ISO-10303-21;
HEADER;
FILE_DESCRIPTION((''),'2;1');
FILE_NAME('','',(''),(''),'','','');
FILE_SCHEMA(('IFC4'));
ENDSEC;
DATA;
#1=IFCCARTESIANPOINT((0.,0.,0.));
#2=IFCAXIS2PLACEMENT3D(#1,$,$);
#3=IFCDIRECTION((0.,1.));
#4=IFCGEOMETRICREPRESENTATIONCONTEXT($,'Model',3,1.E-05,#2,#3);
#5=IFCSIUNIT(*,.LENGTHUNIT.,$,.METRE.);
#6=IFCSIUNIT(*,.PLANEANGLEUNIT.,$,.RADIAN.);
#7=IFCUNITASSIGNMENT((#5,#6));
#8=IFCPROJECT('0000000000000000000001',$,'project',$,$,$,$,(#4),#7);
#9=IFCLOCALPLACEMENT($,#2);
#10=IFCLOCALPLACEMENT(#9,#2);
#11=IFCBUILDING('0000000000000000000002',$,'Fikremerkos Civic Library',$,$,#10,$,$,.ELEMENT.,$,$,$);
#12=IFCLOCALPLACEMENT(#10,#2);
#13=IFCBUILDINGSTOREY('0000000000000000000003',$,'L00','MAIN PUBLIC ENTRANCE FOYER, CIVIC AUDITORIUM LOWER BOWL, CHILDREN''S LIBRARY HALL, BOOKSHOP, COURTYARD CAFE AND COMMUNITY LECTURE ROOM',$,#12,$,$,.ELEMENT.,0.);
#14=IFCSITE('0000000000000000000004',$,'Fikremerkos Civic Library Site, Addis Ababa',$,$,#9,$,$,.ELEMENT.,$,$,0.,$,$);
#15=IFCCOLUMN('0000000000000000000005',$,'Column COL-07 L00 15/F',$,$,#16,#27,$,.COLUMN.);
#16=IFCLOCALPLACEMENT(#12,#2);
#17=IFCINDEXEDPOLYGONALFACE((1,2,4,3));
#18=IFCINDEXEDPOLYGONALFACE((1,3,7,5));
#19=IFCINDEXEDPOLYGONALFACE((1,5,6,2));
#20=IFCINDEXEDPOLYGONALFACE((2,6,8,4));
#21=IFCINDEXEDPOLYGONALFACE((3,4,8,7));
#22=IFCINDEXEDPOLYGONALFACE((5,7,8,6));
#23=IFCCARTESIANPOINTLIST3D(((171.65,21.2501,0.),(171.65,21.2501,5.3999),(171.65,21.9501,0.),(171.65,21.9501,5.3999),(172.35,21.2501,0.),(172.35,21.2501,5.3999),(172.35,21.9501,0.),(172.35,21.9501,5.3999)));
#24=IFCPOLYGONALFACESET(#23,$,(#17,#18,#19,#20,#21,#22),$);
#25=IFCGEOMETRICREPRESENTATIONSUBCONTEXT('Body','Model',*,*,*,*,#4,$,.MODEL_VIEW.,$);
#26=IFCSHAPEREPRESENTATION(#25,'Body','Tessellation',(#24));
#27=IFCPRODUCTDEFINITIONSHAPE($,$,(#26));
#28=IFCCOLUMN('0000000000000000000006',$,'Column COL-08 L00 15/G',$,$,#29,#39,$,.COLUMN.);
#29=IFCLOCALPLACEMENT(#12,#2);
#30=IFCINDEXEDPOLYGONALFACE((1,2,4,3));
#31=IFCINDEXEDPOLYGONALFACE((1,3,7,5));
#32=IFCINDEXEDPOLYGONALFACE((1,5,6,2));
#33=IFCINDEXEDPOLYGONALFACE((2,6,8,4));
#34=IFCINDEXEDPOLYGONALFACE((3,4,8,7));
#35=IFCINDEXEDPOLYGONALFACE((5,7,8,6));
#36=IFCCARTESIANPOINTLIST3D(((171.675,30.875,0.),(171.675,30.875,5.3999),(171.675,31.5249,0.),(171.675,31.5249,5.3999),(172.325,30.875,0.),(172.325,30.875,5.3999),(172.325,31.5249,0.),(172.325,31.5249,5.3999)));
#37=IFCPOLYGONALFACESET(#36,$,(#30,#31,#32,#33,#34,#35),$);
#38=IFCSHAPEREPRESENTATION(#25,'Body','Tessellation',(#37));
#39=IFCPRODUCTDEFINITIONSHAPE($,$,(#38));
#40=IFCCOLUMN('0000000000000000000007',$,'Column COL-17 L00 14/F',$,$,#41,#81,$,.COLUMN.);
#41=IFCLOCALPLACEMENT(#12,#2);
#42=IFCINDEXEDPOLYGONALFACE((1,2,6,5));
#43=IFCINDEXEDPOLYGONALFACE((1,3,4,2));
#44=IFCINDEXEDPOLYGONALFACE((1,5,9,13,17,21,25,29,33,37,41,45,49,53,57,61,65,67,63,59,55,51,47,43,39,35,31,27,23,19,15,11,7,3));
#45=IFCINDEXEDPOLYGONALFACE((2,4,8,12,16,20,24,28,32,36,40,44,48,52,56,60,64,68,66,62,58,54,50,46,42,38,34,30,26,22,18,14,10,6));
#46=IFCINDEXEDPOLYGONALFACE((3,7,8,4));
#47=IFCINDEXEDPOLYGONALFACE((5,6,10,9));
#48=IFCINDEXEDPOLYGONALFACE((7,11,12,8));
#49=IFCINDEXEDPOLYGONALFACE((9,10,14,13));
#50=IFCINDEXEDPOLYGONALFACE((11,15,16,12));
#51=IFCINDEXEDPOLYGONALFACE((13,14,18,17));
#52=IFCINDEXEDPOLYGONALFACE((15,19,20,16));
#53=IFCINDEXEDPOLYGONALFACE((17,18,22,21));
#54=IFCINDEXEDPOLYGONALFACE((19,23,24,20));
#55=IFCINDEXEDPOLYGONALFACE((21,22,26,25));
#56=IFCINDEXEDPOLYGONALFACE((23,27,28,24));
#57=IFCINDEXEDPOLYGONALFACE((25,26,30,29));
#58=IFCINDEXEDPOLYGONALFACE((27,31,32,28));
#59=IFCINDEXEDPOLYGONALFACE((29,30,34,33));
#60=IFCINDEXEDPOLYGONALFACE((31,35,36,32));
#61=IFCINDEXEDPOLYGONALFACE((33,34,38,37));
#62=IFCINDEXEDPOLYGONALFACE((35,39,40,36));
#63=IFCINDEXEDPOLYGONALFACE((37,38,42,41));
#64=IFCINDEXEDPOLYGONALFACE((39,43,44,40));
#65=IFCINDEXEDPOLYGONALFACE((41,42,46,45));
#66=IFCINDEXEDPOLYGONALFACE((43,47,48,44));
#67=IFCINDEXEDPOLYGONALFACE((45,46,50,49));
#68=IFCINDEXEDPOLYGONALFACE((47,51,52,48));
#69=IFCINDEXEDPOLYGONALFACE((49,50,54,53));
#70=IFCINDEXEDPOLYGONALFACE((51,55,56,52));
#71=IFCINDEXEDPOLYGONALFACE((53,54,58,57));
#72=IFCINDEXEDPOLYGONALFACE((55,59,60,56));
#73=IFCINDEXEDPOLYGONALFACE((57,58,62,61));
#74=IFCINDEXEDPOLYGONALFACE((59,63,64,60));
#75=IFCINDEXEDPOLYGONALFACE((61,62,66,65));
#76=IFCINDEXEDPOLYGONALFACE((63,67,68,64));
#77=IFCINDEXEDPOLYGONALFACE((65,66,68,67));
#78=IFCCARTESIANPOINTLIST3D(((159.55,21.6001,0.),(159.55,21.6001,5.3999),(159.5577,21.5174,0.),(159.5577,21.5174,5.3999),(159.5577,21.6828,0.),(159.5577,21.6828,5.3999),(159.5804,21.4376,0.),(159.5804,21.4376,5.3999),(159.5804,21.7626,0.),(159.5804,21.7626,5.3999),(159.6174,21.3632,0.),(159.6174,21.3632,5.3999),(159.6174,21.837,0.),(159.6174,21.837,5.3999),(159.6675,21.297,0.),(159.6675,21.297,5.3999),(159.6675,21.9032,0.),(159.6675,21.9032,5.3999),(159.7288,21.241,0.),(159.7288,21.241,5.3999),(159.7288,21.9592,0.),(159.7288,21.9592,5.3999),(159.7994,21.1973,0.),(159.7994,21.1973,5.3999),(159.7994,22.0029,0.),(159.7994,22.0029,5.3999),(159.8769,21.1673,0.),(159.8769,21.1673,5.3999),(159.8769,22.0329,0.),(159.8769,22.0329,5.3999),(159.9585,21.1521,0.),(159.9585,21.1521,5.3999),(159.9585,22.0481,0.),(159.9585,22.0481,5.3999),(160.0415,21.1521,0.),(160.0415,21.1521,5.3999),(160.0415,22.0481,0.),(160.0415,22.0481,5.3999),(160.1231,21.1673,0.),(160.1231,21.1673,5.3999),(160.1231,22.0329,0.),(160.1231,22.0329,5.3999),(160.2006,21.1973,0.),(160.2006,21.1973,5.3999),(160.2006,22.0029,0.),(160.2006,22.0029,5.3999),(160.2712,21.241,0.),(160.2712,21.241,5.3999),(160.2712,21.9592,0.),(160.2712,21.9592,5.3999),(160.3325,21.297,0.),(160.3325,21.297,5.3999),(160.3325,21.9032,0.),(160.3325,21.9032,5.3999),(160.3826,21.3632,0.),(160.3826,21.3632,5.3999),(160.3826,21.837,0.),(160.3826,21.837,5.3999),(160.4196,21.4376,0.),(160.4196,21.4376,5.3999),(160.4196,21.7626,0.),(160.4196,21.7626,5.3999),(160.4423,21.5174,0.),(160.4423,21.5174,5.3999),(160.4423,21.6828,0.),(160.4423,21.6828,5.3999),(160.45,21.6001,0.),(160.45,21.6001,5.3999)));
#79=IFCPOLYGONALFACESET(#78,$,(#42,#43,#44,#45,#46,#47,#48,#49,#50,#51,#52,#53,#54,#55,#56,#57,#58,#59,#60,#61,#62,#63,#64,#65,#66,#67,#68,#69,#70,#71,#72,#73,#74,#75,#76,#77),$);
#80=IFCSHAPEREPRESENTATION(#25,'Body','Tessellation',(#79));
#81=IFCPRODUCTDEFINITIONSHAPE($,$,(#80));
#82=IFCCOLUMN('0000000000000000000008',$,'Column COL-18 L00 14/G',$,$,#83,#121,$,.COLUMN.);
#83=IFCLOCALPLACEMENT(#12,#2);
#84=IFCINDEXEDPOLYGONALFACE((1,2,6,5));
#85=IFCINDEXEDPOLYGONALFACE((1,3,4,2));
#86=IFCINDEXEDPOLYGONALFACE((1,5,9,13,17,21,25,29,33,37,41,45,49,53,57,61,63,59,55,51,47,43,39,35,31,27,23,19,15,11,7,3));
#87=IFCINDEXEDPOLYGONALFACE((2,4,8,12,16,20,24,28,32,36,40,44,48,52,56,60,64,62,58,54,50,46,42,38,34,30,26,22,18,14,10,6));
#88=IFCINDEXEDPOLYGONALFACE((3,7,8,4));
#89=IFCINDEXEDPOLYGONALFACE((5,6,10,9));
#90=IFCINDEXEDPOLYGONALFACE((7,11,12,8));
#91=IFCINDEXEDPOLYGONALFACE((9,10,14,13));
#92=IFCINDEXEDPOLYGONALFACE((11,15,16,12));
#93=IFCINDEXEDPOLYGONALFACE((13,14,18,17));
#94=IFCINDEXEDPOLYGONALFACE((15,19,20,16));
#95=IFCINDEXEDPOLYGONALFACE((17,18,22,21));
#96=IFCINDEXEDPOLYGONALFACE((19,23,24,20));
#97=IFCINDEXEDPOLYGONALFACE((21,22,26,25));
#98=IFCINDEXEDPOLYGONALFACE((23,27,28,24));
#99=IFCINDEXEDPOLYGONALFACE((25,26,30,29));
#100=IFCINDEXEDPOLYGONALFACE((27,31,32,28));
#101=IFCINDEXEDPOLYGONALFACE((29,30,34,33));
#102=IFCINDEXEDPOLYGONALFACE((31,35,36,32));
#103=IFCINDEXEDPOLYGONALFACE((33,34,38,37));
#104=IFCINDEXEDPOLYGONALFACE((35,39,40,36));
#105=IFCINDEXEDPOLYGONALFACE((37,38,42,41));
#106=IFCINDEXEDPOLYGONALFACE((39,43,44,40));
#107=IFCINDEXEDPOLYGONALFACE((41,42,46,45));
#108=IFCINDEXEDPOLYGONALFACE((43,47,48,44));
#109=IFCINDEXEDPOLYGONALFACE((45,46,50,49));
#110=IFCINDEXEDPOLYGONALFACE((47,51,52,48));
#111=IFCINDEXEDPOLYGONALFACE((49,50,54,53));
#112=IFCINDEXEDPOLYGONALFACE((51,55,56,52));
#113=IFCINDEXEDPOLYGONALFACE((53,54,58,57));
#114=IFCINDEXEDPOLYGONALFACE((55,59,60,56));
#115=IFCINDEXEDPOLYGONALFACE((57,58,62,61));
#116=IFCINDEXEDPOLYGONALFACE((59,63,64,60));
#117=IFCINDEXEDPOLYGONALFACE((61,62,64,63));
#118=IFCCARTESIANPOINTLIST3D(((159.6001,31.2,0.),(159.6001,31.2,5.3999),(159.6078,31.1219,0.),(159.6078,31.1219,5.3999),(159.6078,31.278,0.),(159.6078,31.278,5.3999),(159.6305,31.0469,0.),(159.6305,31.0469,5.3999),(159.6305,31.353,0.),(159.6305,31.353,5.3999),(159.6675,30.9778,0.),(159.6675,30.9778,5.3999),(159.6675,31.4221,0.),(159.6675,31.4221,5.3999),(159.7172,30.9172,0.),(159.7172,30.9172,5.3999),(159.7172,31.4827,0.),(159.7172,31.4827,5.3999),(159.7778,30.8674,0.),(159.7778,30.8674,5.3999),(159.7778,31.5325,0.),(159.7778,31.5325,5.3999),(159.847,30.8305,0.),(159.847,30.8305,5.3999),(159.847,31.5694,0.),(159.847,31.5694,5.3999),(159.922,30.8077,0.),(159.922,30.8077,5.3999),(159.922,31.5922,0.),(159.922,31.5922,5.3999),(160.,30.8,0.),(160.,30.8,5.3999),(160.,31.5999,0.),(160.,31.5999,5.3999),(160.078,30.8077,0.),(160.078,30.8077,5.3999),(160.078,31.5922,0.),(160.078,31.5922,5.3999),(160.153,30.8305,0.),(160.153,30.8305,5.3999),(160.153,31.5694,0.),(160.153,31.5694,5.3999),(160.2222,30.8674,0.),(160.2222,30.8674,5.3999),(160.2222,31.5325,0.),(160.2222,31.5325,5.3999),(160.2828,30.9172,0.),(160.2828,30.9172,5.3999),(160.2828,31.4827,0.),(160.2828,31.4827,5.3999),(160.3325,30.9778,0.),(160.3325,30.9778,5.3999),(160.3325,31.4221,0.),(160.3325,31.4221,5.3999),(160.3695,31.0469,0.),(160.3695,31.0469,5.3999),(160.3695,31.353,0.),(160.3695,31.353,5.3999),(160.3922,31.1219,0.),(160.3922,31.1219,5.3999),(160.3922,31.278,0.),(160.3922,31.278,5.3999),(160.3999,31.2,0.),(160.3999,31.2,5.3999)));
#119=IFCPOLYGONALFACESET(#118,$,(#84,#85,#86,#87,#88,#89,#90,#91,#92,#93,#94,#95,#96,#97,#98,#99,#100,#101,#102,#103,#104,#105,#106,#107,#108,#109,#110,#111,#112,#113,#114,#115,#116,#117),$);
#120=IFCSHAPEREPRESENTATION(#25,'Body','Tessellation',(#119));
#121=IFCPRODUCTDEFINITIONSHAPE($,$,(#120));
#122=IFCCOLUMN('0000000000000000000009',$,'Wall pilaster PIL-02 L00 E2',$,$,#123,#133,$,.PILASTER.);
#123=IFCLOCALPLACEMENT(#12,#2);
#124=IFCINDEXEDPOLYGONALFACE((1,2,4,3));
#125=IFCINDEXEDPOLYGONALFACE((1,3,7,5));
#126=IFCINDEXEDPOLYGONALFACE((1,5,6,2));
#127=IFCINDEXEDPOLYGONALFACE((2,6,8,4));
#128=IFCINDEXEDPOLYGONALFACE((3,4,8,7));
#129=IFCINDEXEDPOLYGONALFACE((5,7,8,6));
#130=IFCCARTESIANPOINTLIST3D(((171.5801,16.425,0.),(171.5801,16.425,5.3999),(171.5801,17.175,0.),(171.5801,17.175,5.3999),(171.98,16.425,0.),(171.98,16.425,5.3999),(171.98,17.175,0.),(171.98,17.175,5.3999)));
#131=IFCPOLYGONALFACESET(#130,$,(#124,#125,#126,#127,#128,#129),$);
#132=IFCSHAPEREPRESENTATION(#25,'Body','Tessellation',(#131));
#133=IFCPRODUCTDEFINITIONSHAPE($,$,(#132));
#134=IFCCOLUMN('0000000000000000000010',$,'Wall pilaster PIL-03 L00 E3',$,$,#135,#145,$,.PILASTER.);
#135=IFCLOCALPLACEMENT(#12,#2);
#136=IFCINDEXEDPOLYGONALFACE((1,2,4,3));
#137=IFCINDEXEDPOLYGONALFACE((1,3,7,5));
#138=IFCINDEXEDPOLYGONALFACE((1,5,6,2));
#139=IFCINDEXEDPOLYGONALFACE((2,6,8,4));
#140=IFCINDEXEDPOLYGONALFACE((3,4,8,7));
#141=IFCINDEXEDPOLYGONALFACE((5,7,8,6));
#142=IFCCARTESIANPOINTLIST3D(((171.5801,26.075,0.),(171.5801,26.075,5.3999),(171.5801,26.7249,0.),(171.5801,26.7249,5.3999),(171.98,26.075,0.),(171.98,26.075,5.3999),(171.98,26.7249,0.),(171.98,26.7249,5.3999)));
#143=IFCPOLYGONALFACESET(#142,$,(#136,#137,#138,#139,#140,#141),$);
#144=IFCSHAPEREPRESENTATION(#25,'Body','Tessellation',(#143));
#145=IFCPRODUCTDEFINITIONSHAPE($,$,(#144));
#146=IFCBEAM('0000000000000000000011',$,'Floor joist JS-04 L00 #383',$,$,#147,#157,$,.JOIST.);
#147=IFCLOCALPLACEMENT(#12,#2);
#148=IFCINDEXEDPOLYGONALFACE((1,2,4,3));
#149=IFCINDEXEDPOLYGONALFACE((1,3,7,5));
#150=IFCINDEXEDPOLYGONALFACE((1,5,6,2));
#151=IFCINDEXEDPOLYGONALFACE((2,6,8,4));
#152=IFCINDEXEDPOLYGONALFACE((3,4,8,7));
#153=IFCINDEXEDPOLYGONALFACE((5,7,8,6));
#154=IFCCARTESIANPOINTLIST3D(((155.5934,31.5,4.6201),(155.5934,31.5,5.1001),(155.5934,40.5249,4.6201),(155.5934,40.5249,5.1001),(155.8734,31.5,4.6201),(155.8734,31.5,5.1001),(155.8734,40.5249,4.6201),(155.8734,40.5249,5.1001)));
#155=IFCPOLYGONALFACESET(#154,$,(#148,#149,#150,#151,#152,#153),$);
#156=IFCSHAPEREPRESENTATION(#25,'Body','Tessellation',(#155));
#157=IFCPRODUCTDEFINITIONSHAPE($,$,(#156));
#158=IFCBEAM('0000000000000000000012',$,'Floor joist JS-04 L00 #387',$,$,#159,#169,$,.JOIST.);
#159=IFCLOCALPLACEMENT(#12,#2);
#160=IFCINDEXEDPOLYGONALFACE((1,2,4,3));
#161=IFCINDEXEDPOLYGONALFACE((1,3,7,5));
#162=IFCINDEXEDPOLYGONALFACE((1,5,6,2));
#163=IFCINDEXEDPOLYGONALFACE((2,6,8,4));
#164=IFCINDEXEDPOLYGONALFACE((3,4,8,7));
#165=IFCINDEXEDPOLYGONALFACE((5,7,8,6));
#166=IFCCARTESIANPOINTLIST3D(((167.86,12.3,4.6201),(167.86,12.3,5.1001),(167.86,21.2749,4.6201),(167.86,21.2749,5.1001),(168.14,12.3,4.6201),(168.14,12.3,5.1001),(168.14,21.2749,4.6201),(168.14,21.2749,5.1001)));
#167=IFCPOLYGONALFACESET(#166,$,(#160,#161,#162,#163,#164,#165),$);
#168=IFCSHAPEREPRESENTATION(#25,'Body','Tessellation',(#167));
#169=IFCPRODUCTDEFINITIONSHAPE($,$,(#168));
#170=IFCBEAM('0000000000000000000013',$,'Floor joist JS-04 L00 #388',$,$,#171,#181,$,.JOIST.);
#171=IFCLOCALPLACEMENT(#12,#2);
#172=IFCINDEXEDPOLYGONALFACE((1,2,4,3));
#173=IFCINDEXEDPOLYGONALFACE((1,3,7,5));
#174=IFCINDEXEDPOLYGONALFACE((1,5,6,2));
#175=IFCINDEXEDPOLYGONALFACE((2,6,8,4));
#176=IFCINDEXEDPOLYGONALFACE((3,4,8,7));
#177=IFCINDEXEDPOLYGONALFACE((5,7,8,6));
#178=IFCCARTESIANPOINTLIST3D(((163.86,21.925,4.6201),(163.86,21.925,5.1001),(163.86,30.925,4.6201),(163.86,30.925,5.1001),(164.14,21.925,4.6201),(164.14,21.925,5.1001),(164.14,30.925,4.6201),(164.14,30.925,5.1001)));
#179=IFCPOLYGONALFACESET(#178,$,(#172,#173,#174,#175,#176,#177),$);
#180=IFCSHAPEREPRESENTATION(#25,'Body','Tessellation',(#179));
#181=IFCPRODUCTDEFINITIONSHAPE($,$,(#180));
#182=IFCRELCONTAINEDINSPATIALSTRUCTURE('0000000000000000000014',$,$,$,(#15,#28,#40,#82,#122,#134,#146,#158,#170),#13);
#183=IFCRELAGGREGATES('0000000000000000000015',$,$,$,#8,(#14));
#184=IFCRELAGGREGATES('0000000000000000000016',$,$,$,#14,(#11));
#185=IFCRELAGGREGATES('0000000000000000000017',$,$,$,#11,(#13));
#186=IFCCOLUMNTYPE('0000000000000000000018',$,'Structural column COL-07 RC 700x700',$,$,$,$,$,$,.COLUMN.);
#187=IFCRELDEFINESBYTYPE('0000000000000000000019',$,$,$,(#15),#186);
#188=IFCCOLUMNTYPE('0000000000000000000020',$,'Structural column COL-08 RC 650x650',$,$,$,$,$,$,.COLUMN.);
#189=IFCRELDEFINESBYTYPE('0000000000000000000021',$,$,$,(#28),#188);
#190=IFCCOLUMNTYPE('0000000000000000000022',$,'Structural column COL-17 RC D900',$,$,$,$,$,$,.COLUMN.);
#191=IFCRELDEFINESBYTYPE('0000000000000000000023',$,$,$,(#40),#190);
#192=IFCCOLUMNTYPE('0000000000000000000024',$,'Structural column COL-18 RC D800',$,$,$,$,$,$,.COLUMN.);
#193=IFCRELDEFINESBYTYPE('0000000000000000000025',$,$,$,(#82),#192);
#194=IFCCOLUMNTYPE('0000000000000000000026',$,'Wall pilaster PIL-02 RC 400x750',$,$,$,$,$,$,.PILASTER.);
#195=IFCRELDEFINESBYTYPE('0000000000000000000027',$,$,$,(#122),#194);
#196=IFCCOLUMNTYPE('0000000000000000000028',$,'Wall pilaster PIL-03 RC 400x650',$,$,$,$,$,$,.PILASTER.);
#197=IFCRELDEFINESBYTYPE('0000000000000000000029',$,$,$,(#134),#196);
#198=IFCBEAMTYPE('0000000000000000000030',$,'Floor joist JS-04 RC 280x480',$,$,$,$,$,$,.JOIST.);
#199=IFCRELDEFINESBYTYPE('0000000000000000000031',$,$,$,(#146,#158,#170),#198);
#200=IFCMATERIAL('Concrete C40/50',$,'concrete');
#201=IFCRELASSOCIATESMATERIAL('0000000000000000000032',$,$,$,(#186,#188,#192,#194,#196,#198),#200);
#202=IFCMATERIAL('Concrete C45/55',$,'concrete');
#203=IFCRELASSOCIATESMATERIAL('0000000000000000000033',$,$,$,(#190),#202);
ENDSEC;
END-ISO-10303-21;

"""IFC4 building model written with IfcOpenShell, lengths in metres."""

from ifc_helpers import new_model, si_unit, direction, frame, origin, origin_2d, place, context, subcontext, project, spatial, rectangle, circle, extrude, material, material_profile, profile_set, type_object, element, save


model = new_model("IFC4")

# Units and contexts
model_context = context("Model", 3, precision=1e-05, world=origin(), true_north=direction((0.0, 1.0)))
body_context = subcontext(model_context, "Body", "Model", "MODEL_VIEW")
ifc_project = project(units=[si_unit("LENGTHUNIT", "METRE"), si_unit("PLANEANGLEUNIT", "RADIAN")], contexts=[model_context])

# Site, building, storey
site_placement = place(None, origin())
site = spatial("IfcSite", under=ifc_project, at=site_placement, Name="Fikremerkos Civic Library Site, Addis Ababa", CompositionType="ELEMENT", RefElevation=0.0)
building_placement = place(site_placement, origin())
building = spatial("IfcBuilding", under=site, at=building_placement, Name="Fikremerkos Civic Library", CompositionType="ELEMENT")
storey_placement = place(building_placement, origin())
storey = spatial("IfcBuildingStorey", under=building, at=storey_placement, Name="L00", Description="MAIN PUBLIC ENTRANCE FOYER, CIVIC AUDITORIUM LOWER BOWL, CHILDREN'S LIBRARY HALL, BOOKSHOP, COURTYARD CAFE AND COMMUNITY LECTURE ROOM", CompositionType="ELEMENT", Elevation=0.0)

# Columns
ifc_material_1 = material(Name="Concrete C40/50", Category="concrete")
ifc_material_profile_1 = material_profile(ifc_material_1, rectangle(XDim=0.7, YDim=0.7, at=origin_2d()), Name="RC 700x700")
ifc_profile_set_1 = profile_set([ifc_material_profile_1], Name="Concrete C40/50")
column_type_1 = type_object("IfcColumnType", Name="Structural column COL-07 RC 700x700", PredefinedType="COLUMN", material=ifc_profile_set_1)
column_1_placement = place(storey_placement, frame((172.0, 21.6001, 0.0), z_axis=(0.0, 0.0, 1.0), x_axis=(1.0, 0.0, 0.0)))
element("IfcColumn", 1, at=column_1_placement, inside=storey, type_object=column_type_1, Name="Column COL-07 L00 15/F", PredefinedType="COLUMN", context=body_context, shape_type="SweptSolid", body=[
    extrude(rectangle(XDim=0.7, YDim=0.7, at=origin_2d()), origin(), (0.0, 0.0, 1.0), 5.3999),
])
ifc_material_profile_2 = material_profile(ifc_material_1, rectangle(XDim=0.6499, YDim=0.6499, at=origin_2d()), Name="RC 650x650")
ifc_profile_set_2 = profile_set([ifc_material_profile_2], Name="Concrete C40/50")
column_type_2 = type_object("IfcColumnType", Name="Structural column COL-08 RC 650x650", PredefinedType="COLUMN", material=ifc_profile_set_2)
column_2_placement = place(storey_placement, frame((172.0, 31.2, 0.0), z_axis=(0.0, 0.0, 1.0), x_axis=(1.0, 0.0, 0.0)))
element("IfcColumn", 2, at=column_2_placement, inside=storey, type_object=column_type_2, Name="Column COL-08 L00 15/G", PredefinedType="COLUMN", context=body_context, shape_type="SweptSolid", body=[
    extrude(rectangle(XDim=0.6499, YDim=0.6499, at=origin_2d()), origin(), (0.0, 0.0, 1.0), 5.3999),
])
ifc_material_2 = material(Name="Concrete C45/55", Category="concrete")
ifc_material_profile_3 = material_profile(ifc_material_2, circle(Radius=0.45, at=origin_2d()), Name="RC D900")
ifc_profile_set_3 = profile_set([ifc_material_profile_3], Name="Concrete C45/55")
column_type_3 = type_object("IfcColumnType", Name="Structural column COL-17 RC D900", PredefinedType="COLUMN", material=ifc_profile_set_3)
column_3_placement = place(storey_placement, frame((160.0, 21.6001, 0.0), z_axis=(0.0, 0.0, 1.0), x_axis=(1.0, 0.0, 0.0)))
element("IfcColumn", 3, at=column_3_placement, inside=storey, type_object=column_type_3, Name="Column COL-17 L00 14/F", PredefinedType="COLUMN", context=body_context, shape_type="SweptSolid", body=[
    extrude(circle(Radius=0.45, at=origin_2d()), origin(), (0.0, 0.0, 1.0), 5.3999),
])
ifc_material_profile_4 = material_profile(ifc_material_1, circle(Radius=0.3999, at=origin_2d()), Name="RC D800")
ifc_profile_set_4 = profile_set([ifc_material_profile_4], Name="Concrete C40/50")
column_type_4 = type_object("IfcColumnType", Name="Structural column COL-18 RC D800", PredefinedType="COLUMN", material=ifc_profile_set_4)
column_4_placement = place(storey_placement, frame((160.0, 31.2, 0.0), z_axis=(0.0, 0.0, 1.0), x_axis=(1.0, 0.0, 0.0)))
element("IfcColumn", 4, at=column_4_placement, inside=storey, type_object=column_type_4, Name="Column COL-18 L00 14/G", PredefinedType="COLUMN", context=body_context, shape_type="SweptSolid", body=[
    extrude(circle(Radius=0.3999, at=origin_2d()), origin(), (0.0, 0.0, 1.0), 5.3999),
])
ifc_material_profile_5 = material_profile(ifc_material_1, rectangle(XDim=0.3999, YDim=0.75, at=origin_2d()), Name="RC 400x750")
ifc_profile_set_5 = profile_set([ifc_material_profile_5], Name="Concrete C40/50")
column_type_5 = type_object("IfcColumnType", Name="Wall pilaster PIL-02 RC 400x750", PredefinedType="PILASTER", material=ifc_profile_set_5)
column_5_placement = place(storey_placement, frame((171.78, 16.8, 0.0), z_axis=(0.0, 0.0, 1.0), x_axis=(1.0, 0.0, 0.0)))
element("IfcColumn", 5, at=column_5_placement, inside=storey, type_object=column_type_5, Name="Wall pilaster PIL-02 L00 E2", PredefinedType="PILASTER", context=body_context, shape_type="SweptSolid", body=[
    extrude(rectangle(XDim=0.3999, YDim=0.75, at=origin_2d()), origin(), (0.0, 0.0, 1.0), 5.3999),
])
ifc_material_profile_6 = material_profile(ifc_material_1, rectangle(XDim=0.3999, YDim=0.6499, at=origin_2d()), Name="RC 400x650")
ifc_profile_set_6 = profile_set([ifc_material_profile_6], Name="Concrete C40/50")
column_type_6 = type_object("IfcColumnType", Name="Wall pilaster PIL-03 RC 400x650", PredefinedType="PILASTER", material=ifc_profile_set_6)
column_6_placement = place(storey_placement, frame((171.78, 26.3999, 0.0), z_axis=(0.0, 0.0, 1.0), x_axis=(1.0, 0.0, 0.0)))
element("IfcColumn", 6, at=column_6_placement, inside=storey, type_object=column_type_6, Name="Wall pilaster PIL-03 L00 E3", PredefinedType="PILASTER", context=body_context, shape_type="SweptSolid", body=[
    extrude(rectangle(XDim=0.3999, YDim=0.6499, at=origin_2d()), origin(), (0.0, 0.0, 1.0), 5.3999),
])

# Beams
ifc_material_profile_7 = material_profile(ifc_material_1, rectangle(XDim=0.28, YDim=0.48, at=origin_2d()), Name="RC 280x480")
ifc_profile_set_7 = profile_set([ifc_material_profile_7], Name="Concrete C40/50")
beam_type_1 = type_object("IfcBeamType", Name="Floor joist JS-04 RC 280x480", PredefinedType="JOIST", material=ifc_profile_set_7)
beam_1_placement = place(storey_placement, frame((155.7334, 31.5, 4.8601), z_axis=(0.0, 1.0, 0.0), x_axis=(-1.0, 0.0, 0.0)))
element("IfcBeam", 7, at=beam_1_placement, inside=storey, type_object=beam_type_1, Name="Floor joist JS-04 L00 #383", PredefinedType="JOIST", context=body_context, shape_type="SweptSolid", body=[
    extrude(rectangle(XDim=0.28, YDim=0.48, at=origin_2d()), origin(), (0.0, 0.0, 1.0), 9.0249),
])
beam_2_placement = place(storey_placement, frame((168.0, 12.3, 4.8601), z_axis=(0.0, 1.0, 0.0), x_axis=(-1.0, 0.0, 0.0)))
element("IfcBeam", 8, at=beam_2_placement, inside=storey, type_object=beam_type_1, Name="Floor joist JS-04 L00 #387", PredefinedType="JOIST", context=body_context, shape_type="SweptSolid", body=[
    extrude(rectangle(XDim=0.28, YDim=0.48, at=origin_2d()), origin(), (0.0, 0.0, 1.0), 8.9749),
])
for number, where, z_axis, x_axis, name in (
    (9, (164.0, 21.925, 4.8601), (0.0, 1.0, 0.0), (-1.0, 0.0, 0.0), "Floor joist JS-04 L00 #388"),
):
    element("IfcBeam", number, at=place(storey_placement, frame(where, z_axis=z_axis, x_axis=x_axis)), inside=storey, type_object=beam_type_1, Name=name, PredefinedType="JOIST", context=body_context, shape_type="SweptSolid", body=[
        extrude(rectangle(XDim=0.28, YDim=0.48, at=origin_2d()), origin(), (0.0, 0.0, 1.0), 9.0),
    ])

save(model, "model.ifc")
